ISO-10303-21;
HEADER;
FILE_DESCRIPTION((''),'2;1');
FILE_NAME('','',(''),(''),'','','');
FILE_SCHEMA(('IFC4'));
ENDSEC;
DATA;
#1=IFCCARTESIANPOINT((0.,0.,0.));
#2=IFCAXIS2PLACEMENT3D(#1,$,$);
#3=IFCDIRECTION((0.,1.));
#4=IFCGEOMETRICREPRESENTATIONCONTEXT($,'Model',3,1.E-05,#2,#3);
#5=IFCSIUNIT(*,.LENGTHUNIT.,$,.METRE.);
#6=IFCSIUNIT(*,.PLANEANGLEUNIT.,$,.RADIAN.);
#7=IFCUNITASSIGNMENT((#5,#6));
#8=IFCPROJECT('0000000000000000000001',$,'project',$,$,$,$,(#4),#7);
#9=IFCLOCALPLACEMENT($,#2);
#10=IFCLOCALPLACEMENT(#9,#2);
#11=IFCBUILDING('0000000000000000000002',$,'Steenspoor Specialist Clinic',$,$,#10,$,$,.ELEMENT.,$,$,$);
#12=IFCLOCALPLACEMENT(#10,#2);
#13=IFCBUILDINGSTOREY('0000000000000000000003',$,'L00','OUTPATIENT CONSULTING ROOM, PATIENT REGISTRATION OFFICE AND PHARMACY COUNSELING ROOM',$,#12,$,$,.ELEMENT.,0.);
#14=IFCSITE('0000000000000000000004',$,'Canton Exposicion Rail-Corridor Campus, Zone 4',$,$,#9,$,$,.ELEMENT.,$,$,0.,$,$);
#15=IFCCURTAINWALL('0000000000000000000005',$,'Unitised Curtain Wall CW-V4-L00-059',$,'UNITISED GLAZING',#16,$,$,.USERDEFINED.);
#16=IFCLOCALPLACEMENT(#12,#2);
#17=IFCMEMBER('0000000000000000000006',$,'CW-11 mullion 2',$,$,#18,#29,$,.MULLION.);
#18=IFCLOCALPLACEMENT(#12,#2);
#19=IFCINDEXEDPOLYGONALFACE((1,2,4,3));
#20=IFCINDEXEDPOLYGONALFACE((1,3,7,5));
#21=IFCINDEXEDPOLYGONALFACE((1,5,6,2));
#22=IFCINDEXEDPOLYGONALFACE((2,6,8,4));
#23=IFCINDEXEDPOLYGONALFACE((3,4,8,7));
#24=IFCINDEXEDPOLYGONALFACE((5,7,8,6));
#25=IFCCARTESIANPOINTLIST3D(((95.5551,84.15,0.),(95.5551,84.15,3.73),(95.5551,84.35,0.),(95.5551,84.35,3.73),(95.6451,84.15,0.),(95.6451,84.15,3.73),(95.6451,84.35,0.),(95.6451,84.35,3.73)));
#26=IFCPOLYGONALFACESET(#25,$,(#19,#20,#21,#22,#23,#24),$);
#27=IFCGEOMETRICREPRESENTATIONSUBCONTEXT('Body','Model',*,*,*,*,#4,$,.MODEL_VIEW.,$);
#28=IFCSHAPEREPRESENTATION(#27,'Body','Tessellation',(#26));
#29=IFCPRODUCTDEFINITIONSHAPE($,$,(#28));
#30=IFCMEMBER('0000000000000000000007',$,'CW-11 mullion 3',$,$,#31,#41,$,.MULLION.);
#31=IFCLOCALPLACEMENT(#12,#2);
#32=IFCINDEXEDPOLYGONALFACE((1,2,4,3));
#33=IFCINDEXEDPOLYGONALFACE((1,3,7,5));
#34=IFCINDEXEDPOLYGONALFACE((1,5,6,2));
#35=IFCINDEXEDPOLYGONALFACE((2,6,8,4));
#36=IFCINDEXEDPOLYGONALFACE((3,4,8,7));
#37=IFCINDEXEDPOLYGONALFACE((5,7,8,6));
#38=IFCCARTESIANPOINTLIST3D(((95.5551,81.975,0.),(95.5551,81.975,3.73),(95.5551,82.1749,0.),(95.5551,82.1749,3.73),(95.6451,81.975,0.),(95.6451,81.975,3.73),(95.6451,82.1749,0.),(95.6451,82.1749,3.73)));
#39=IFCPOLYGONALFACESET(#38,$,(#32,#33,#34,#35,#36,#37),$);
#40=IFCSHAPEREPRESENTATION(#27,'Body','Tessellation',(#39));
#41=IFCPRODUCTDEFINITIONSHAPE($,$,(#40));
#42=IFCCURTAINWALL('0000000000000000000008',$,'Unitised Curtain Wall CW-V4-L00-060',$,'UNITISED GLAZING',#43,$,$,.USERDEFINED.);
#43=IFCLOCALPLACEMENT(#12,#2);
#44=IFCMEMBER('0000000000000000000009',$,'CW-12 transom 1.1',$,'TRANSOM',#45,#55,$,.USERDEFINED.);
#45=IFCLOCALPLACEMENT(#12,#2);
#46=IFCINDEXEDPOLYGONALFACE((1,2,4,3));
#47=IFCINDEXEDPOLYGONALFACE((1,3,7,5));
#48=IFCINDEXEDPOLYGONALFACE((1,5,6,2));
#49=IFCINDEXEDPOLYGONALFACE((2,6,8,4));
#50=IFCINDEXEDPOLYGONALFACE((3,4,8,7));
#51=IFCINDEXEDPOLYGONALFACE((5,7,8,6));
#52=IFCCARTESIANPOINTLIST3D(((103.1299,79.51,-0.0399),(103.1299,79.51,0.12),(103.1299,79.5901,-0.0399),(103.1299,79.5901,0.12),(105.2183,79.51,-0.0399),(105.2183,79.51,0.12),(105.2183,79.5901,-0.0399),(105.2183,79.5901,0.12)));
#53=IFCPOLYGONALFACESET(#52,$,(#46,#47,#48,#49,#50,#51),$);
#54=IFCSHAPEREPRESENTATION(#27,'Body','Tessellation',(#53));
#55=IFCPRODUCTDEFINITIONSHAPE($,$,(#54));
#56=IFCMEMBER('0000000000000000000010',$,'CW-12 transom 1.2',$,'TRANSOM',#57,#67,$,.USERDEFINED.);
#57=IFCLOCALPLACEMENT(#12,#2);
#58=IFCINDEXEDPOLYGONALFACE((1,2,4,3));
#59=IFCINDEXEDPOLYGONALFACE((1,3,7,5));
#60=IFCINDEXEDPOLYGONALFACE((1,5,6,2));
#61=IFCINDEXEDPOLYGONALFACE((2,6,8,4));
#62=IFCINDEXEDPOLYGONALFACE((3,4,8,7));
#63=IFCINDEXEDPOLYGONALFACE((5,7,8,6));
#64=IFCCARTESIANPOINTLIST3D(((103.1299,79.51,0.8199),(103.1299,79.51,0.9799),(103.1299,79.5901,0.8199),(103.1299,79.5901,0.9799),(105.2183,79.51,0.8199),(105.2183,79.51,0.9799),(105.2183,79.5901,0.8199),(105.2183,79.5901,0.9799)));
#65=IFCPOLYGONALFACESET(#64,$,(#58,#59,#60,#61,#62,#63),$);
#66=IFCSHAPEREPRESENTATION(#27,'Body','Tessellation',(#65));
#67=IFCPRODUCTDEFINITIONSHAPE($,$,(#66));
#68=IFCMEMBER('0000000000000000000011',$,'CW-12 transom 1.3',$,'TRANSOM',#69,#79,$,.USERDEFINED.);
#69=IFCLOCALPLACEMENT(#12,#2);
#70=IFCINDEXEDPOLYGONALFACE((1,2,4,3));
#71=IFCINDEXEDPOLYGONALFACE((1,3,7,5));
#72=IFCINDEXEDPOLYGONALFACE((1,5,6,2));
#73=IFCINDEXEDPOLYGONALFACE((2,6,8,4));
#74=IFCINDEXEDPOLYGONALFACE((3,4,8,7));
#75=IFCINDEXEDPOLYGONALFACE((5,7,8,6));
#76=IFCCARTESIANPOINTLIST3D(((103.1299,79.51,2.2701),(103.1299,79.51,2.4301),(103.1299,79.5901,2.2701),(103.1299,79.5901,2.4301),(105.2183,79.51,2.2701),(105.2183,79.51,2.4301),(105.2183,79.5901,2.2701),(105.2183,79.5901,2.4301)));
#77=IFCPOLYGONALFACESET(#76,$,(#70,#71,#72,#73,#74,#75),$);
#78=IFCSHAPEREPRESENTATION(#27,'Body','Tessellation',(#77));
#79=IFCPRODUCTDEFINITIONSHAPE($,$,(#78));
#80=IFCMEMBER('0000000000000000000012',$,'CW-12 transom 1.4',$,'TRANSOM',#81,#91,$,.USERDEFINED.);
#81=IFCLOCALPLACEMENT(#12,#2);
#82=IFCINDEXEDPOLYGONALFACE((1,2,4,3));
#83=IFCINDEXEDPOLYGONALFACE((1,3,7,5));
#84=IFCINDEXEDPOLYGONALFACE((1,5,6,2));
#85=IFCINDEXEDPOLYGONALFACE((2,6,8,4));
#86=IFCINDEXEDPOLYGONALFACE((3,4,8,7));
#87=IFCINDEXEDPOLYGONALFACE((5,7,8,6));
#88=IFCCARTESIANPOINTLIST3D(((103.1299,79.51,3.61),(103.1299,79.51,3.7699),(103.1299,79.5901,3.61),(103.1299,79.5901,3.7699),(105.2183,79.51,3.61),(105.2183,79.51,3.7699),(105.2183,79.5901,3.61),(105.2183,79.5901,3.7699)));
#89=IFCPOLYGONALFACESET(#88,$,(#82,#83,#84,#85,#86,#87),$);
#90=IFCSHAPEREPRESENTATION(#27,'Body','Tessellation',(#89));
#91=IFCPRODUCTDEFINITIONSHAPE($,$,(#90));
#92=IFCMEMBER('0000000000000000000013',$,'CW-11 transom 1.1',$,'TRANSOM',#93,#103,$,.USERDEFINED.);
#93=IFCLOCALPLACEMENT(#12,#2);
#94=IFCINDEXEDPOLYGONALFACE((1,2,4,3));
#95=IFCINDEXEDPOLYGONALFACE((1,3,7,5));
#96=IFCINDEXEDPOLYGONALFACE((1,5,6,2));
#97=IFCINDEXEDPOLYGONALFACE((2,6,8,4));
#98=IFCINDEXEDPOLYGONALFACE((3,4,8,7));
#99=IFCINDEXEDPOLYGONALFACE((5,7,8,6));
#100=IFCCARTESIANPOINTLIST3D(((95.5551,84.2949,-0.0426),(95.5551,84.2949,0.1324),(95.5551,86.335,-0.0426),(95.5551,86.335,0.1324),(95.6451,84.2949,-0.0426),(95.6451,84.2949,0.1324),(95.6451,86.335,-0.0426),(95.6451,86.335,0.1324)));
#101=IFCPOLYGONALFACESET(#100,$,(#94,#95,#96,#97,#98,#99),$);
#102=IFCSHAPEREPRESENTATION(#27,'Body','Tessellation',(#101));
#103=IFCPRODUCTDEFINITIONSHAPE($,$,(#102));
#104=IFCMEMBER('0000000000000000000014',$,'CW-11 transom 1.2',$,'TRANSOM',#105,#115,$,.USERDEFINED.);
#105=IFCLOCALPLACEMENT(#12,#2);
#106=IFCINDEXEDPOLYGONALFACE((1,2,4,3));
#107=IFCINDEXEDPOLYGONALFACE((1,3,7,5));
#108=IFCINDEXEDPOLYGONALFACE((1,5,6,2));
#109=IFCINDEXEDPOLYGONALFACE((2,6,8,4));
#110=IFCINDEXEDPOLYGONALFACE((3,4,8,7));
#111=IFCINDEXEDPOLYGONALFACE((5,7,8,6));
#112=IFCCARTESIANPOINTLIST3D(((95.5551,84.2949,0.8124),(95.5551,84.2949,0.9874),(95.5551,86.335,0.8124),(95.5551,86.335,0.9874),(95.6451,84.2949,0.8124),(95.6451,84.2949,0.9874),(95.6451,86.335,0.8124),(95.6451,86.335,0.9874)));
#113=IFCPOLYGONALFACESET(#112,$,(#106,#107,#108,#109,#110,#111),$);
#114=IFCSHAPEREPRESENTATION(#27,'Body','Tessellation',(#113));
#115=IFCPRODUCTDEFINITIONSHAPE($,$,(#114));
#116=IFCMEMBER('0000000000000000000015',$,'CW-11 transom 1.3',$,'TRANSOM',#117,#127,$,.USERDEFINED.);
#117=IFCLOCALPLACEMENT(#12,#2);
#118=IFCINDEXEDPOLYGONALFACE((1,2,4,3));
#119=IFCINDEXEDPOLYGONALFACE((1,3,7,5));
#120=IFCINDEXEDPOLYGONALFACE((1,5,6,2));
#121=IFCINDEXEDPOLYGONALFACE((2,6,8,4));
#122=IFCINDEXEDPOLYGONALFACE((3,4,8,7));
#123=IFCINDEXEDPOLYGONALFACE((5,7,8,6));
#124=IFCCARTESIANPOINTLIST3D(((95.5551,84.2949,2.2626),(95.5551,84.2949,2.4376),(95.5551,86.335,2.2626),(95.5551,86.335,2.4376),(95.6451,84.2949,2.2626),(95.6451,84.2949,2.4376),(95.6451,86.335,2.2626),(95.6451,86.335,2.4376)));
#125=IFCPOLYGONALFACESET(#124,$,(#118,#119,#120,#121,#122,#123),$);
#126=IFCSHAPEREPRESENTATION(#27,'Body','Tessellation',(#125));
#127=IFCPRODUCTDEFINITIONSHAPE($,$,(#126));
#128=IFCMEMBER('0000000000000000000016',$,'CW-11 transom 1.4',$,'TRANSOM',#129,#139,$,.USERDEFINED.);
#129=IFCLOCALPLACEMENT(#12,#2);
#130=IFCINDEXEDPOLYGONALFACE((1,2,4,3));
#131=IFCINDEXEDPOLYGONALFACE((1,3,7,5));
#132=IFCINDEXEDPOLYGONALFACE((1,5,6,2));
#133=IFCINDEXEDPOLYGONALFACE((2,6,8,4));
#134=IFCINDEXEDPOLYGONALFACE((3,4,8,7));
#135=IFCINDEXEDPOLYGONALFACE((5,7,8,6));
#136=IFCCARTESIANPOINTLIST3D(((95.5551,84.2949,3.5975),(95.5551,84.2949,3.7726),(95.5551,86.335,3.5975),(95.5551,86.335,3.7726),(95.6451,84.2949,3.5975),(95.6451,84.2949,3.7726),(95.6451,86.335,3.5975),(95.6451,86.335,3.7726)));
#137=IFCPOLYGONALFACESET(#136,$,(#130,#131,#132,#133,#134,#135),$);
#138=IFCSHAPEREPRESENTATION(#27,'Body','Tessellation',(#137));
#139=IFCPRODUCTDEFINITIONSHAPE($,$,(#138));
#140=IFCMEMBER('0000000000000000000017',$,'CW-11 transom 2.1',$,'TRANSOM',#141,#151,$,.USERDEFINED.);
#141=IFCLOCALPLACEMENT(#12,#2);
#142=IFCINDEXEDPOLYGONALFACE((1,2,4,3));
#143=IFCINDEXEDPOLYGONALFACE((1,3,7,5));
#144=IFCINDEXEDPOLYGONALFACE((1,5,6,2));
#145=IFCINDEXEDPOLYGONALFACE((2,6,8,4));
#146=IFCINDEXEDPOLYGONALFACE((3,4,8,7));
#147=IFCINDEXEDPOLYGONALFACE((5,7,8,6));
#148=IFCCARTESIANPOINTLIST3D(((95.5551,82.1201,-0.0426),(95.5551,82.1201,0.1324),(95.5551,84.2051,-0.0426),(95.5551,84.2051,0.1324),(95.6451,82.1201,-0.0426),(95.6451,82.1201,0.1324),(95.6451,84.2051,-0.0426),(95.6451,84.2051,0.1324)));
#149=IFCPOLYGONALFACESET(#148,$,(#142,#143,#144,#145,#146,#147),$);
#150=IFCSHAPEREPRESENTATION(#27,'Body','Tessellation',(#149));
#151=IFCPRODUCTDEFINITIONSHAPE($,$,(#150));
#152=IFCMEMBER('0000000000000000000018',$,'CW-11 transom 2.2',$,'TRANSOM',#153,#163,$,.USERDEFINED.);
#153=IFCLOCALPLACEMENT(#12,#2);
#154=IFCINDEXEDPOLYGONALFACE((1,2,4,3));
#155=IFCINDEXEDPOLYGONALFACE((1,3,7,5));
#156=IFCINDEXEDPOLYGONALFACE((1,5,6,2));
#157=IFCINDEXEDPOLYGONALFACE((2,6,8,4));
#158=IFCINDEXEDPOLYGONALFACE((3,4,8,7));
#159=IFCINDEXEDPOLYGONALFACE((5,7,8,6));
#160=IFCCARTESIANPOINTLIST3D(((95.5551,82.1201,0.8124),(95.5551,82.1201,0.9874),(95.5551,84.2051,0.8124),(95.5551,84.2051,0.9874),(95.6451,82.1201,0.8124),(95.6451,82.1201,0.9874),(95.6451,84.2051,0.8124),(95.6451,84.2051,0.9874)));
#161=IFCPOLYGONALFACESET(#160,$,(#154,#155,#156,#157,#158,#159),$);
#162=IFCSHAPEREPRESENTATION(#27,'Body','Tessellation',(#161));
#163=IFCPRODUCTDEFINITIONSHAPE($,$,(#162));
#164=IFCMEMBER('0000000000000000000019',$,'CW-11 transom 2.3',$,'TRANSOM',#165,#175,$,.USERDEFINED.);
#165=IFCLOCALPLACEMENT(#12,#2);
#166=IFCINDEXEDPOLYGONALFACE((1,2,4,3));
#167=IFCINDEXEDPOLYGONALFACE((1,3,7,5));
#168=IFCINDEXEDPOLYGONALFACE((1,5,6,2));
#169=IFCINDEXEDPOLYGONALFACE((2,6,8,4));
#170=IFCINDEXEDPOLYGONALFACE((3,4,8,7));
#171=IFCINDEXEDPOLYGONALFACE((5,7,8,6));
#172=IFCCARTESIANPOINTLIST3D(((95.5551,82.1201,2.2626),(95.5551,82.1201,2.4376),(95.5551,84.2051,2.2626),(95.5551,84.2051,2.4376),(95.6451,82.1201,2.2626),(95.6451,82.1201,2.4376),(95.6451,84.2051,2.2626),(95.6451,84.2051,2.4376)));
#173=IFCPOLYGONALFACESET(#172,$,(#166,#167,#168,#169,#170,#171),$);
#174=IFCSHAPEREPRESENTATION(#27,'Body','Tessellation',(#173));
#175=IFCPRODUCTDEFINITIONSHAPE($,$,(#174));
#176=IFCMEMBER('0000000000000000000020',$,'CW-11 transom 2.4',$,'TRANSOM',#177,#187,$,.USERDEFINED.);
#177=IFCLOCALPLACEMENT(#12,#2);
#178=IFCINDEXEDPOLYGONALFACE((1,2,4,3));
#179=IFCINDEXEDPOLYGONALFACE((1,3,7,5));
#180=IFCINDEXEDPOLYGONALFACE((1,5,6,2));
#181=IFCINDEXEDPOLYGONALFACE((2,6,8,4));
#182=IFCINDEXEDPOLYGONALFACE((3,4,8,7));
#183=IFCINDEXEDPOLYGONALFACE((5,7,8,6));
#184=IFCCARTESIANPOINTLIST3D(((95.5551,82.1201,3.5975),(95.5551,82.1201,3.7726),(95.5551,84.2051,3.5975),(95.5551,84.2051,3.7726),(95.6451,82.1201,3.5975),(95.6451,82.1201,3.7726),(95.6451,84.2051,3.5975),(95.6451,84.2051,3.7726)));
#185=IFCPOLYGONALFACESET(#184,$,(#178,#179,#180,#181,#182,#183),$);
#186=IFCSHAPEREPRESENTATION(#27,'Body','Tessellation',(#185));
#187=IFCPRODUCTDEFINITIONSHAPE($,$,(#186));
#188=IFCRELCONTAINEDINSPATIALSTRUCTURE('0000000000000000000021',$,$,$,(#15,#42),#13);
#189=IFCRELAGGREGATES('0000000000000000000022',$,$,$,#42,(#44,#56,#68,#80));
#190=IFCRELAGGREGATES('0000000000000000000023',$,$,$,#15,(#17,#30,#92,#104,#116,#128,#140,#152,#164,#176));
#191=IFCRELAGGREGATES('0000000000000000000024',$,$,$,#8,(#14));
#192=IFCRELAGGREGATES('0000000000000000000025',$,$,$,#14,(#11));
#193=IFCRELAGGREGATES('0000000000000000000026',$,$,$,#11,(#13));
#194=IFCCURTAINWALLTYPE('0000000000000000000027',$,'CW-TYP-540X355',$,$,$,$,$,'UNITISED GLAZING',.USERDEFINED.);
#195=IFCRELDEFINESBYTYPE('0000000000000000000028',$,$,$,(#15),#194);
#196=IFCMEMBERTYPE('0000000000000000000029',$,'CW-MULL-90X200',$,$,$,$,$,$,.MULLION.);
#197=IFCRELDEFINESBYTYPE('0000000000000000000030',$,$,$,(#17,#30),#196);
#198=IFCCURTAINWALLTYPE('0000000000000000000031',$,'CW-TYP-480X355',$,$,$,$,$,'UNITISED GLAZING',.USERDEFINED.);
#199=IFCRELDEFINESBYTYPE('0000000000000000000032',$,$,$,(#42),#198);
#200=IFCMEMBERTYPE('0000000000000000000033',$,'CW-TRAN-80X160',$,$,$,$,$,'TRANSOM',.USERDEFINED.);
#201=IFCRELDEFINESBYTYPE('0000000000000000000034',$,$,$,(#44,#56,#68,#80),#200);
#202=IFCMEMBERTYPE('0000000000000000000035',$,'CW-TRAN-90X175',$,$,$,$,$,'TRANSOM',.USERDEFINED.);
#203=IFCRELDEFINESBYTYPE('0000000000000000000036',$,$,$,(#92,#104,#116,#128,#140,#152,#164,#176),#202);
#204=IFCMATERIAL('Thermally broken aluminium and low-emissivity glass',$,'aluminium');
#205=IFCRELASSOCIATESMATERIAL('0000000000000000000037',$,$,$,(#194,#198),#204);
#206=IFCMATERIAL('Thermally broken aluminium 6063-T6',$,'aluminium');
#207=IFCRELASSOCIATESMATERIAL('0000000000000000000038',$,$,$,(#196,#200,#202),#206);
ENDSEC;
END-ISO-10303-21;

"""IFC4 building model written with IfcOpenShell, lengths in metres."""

from ifc_helpers import new_model, si_unit, direction, frame, origin, origin_2d, place, context, subcontext, project, spatial, rectangle, extrude, material, material_profile, profile_set, type_object, element, aggregate, save


model = new_model("IFC4")

# Units and contexts
model_context = context("Model", 3, precision=1e-05, world=origin(), true_north=direction((0.0, 1.0)))
body_context = subcontext(model_context, "Body", "Model", "MODEL_VIEW")
ifc_project = project(units=[si_unit("LENGTHUNIT", "METRE"), si_unit("PLANEANGLEUNIT", "RADIAN")], contexts=[model_context])

# Site, building, storey
site_placement = place(None, origin())
site = spatial("IfcSite", under=ifc_project, at=site_placement, Name="Canton Exposicion Rail-Corridor Campus, Zone 4", CompositionType="ELEMENT", RefElevation=0.0)
building_placement = place(site_placement, origin())
building = spatial("IfcBuilding", under=site, at=building_placement, Name="Steenspoor Specialist Clinic", CompositionType="ELEMENT")
storey_placement = place(building_placement, origin())
storey = spatial("IfcBuildingStorey", under=building, at=storey_placement, Name="L00", Description="OUTPATIENT CONSULTING ROOM, PATIENT REGISTRATION OFFICE AND PHARMACY COUNSELING ROOM", CompositionType="ELEMENT", Elevation=0.0)

# Curtain walls, members
ifc_material_1 = material(Name="Thermally broken aluminium and low-emissivity glass", Category="aluminium")
curtain_wall_type_1 = type_object("IfcCurtainWallType", Name="CW-TYP-540X355", ElementType="UNITISED GLAZING", PredefinedType="USERDEFINED", material=ifc_material_1)
curtain_wall_1_placement = place(storey_placement, origin())
curtain_wall_1 = element("IfcCurtainWall", 1, at=curtain_wall_1_placement, inside=storey, type_object=curtain_wall_type_1, Name="Unitised Curtain Wall CW-V4-L00-059", ObjectType="UNITISED GLAZING", PredefinedType="USERDEFINED")
ifc_material_2 = material(Name="Thermally broken aluminium 6063-T6", Category="aluminium")
ifc_material_profile_1 = material_profile(ifc_material_2, rectangle(XDim=0.0901, YDim=0.2, at=origin_2d()), Name="CWM-90X200")
ifc_profile_set_1 = profile_set([ifc_material_profile_1], Name="Thermally broken aluminium 6063-T6")
member_type_1 = type_object("IfcMemberType", Name="CW-MULL-90X200", PredefinedType="MULLION", material=ifc_profile_set_1)
member_1_placement = place(storey_placement, frame((95.6001, 84.25, 0.0), z_axis=(0.0, 0.0, 1.0), x_axis=(1.0, 0.0, 0.0)))
member_1 = element("IfcMember", 2, at=member_1_placement, type_object=member_type_1, Name="CW-11 mullion 2", PredefinedType="MULLION", context=body_context, shape_type="SweptSolid", body=[
    extrude(rectangle(XDim=0.0901, YDim=0.2, at=origin_2d()), origin(), (0.0, 0.0, 1.0), 3.73),
])
member_2_placement = place(storey_placement, frame((95.6001, 82.075, 0.0), z_axis=(0.0, 0.0, 1.0), x_axis=(1.0, 0.0, 0.0)))
member_2 = element("IfcMember", 3, at=member_2_placement, type_object=member_type_1, Name="CW-11 mullion 3", PredefinedType="MULLION", context=body_context, shape_type="SweptSolid", body=[
    extrude(rectangle(XDim=0.0901, YDim=0.2, at=origin_2d()), origin(), (0.0, 0.0, 1.0), 3.73),
])
curtain_wall_type_2 = type_object("IfcCurtainWallType", Name="CW-TYP-480X355", ElementType="UNITISED GLAZING", PredefinedType="USERDEFINED", material=ifc_material_1)
curtain_wall_2_placement = place(storey_placement, origin())
curtain_wall_2 = element("IfcCurtainWall", 4, at=curtain_wall_2_placement, inside=storey, type_object=curtain_wall_type_2, Name="Unitised Curtain Wall CW-V4-L00-060", ObjectType="UNITISED GLAZING", PredefinedType="USERDEFINED")
ifc_material_profile_2 = material_profile(ifc_material_2, rectangle(XDim=0.0801, YDim=0.1599, at=origin_2d()), Name="CWT-80X160")
ifc_profile_set_2 = profile_set([ifc_material_profile_2], Name="Thermally broken aluminium 6063-T6")
member_type_2 = type_object("IfcMemberType", Name="CW-TRAN-80X160", ElementType="TRANSOM", PredefinedType="USERDEFINED", material=ifc_profile_set_2)
member_3_placement = place(storey_placement, frame((103.1299, 79.55, 0.04), z_axis=(1.0, 0.0, 0.0), x_axis=(0.0, 1.0, 0.0)))
member_3 = element("IfcMember", 5, at=member_3_placement, type_object=member_type_2, Name="CW-12 transom 1.1", ObjectType="TRANSOM", PredefinedType="USERDEFINED", context=body_context, shape_type="SweptSolid", body=[
    extrude(rectangle(XDim=0.0801, YDim=0.1599, at=origin_2d()), origin(), (0.0, 0.0, 1.0), 2.0884),
])
member_4_placement = place(storey_placement, frame((103.1299, 79.55, 0.8999), z_axis=(1.0, 0.0, 0.0), x_axis=(0.0, 1.0, 0.0)))
member_4 = element("IfcMember", 6, at=member_4_placement, type_object=member_type_2, Name="CW-12 transom 1.2", ObjectType="TRANSOM", PredefinedType="USERDEFINED", context=body_context, shape_type="SweptSolid", body=[
    extrude(rectangle(XDim=0.0801, YDim=0.1599, at=origin_2d()), origin(), (0.0, 0.0, 1.0), 2.0884),
])
member_5_placement = place(storey_placement, frame((103.1299, 79.55, 2.3501), z_axis=(1.0, 0.0, 0.0), x_axis=(0.0, 1.0, 0.0)))
member_5 = element("IfcMember", 7, at=member_5_placement, type_object=member_type_2, Name="CW-12 transom 1.3", ObjectType="TRANSOM", PredefinedType="USERDEFINED", context=body_context, shape_type="SweptSolid", body=[
    extrude(rectangle(XDim=0.0801, YDim=0.1599, at=origin_2d()), origin(), (0.0, 0.0, 1.0), 2.0884),
])
member_6_placement = place(storey_placement, frame((103.1299, 79.55, 3.6899), z_axis=(1.0, 0.0, 0.0), x_axis=(0.0, 1.0, 0.0)))
member_6 = element("IfcMember", 8, at=member_6_placement, type_object=member_type_2, Name="CW-12 transom 1.4", ObjectType="TRANSOM", PredefinedType="USERDEFINED", context=body_context, shape_type="SweptSolid", body=[
    extrude(rectangle(XDim=0.0801, YDim=0.1599, at=origin_2d()), origin(), (0.0, 0.0, 1.0), 2.0884),
])

# Members
ifc_material_profile_3 = material_profile(ifc_material_2, rectangle(XDim=0.0901, YDim=0.175, at=origin_2d()), Name="CWT-90X175")
ifc_profile_set_3 = profile_set([ifc_material_profile_3], Name="Thermally broken aluminium 6063-T6")
member_type_3 = type_object("IfcMemberType", Name="CW-TRAN-90X175", ElementType="TRANSOM", PredefinedType="USERDEFINED", material=ifc_profile_set_3)
member_7_placement = place(storey_placement, frame((95.6001, 86.335, 0.0449), z_axis=(0.0, -1.0, 0.0), x_axis=(1.0, 0.0, 0.0)))
member_7 = element("IfcMember", 9, at=member_7_placement, type_object=member_type_3, Name="CW-11 transom 1.1", ObjectType="TRANSOM", PredefinedType="USERDEFINED", context=body_context, shape_type="SweptSolid", body=[
    extrude(rectangle(XDim=0.0901, YDim=0.175, at=origin_2d()), origin(), (0.0, 0.0, 1.0), 2.04),
])
member_8_placement = place(storey_placement, frame((95.6001, 86.335, 0.8999), z_axis=(0.0, -1.0, 0.0), x_axis=(1.0, 0.0, 0.0)))
member_8 = element("IfcMember", 10, at=member_8_placement, type_object=member_type_3, Name="CW-11 transom 1.2", ObjectType="TRANSOM", PredefinedType="USERDEFINED", context=body_context, shape_type="SweptSolid", body=[
    extrude(rectangle(XDim=0.0901, YDim=0.175, at=origin_2d()), origin(), (0.0, 0.0, 1.0), 2.04),
])
member_9_placement = place(storey_placement, frame((95.6001, 86.335, 2.3501), z_axis=(0.0, -1.0, 0.0), x_axis=(1.0, 0.0, 0.0)))
member_9 = element("IfcMember", 11, at=member_9_placement, type_object=member_type_3, Name="CW-11 transom 1.3", ObjectType="TRANSOM", PredefinedType="USERDEFINED", context=body_context, shape_type="SweptSolid", body=[
    extrude(rectangle(XDim=0.0901, YDim=0.175, at=origin_2d()), origin(), (0.0, 0.0, 1.0), 2.04),
])
member_10_placement = place(storey_placement, frame((95.6001, 86.335, 3.6851), z_axis=(0.0, -1.0, 0.0), x_axis=(1.0, 0.0, 0.0)))
member_10 = element("IfcMember", 12, at=member_10_placement, type_object=member_type_3, Name="CW-11 transom 1.4", ObjectType="TRANSOM", PredefinedType="USERDEFINED", context=body_context, shape_type="SweptSolid", body=[
    extrude(rectangle(XDim=0.0901, YDim=0.175, at=origin_2d()), origin(), (0.0, 0.0, 1.0), 2.04),
])
member_11_placement = place(storey_placement, frame((95.6001, 84.2051, 0.0449), z_axis=(0.0, -1.0, 0.0), x_axis=(1.0, 0.0, 0.0)))
member_11 = element("IfcMember", 13, at=member_11_placement, type_object=member_type_3, Name="CW-11 transom 2.1", ObjectType="TRANSOM", PredefinedType="USERDEFINED", context=body_context, shape_type="SweptSolid", body=[
    extrude(rectangle(XDim=0.0901, YDim=0.175, at=origin_2d()), origin(), (0.0, 0.0, 1.0), 2.085),
])
member_12_placement = place(storey_placement, frame((95.6001, 84.2051, 0.8999), z_axis=(0.0, -1.0, 0.0), x_axis=(1.0, 0.0, 0.0)))
member_12 = element("IfcMember", 14, at=member_12_placement, type_object=member_type_3, Name="CW-11 transom 2.2", ObjectType="TRANSOM", PredefinedType="USERDEFINED", context=body_context, shape_type="SweptSolid", body=[
    extrude(rectangle(XDim=0.0901, YDim=0.175, at=origin_2d()), origin(), (0.0, 0.0, 1.0), 2.085),
])
member_13_placement = place(storey_placement, frame((95.6001, 84.2051, 2.3501), z_axis=(0.0, -1.0, 0.0), x_axis=(1.0, 0.0, 0.0)))
member_13 = element("IfcMember", 15, at=member_13_placement, type_object=member_type_3, Name="CW-11 transom 2.3", ObjectType="TRANSOM", PredefinedType="USERDEFINED", context=body_context, shape_type="SweptSolid", body=[
    extrude(rectangle(XDim=0.0901, YDim=0.175, at=origin_2d()), origin(), (0.0, 0.0, 1.0), 2.085),
])
member_14_placement = place(storey_placement, frame((95.6001, 84.2051, 3.6851), z_axis=(0.0, -1.0, 0.0), x_axis=(1.0, 0.0, 0.0)))
member_14 = element("IfcMember", 16, at=member_14_placement, type_object=member_type_3, Name="CW-11 transom 2.4", ObjectType="TRANSOM", PredefinedType="USERDEFINED", context=body_context, shape_type="SweptSolid", body=[
    extrude(rectangle(XDim=0.0901, YDim=0.175, at=origin_2d()), origin(), (0.0, 0.0, 1.0), 2.085),
])

aggregate(curtain_wall_2, [member_3, member_4, member_5, member_6])
aggregate(curtain_wall_1, [member_1, member_2, member_7, member_8, member_9, member_10, member_11, member_12, member_13, member_14])

save(model, "model.ifc")
